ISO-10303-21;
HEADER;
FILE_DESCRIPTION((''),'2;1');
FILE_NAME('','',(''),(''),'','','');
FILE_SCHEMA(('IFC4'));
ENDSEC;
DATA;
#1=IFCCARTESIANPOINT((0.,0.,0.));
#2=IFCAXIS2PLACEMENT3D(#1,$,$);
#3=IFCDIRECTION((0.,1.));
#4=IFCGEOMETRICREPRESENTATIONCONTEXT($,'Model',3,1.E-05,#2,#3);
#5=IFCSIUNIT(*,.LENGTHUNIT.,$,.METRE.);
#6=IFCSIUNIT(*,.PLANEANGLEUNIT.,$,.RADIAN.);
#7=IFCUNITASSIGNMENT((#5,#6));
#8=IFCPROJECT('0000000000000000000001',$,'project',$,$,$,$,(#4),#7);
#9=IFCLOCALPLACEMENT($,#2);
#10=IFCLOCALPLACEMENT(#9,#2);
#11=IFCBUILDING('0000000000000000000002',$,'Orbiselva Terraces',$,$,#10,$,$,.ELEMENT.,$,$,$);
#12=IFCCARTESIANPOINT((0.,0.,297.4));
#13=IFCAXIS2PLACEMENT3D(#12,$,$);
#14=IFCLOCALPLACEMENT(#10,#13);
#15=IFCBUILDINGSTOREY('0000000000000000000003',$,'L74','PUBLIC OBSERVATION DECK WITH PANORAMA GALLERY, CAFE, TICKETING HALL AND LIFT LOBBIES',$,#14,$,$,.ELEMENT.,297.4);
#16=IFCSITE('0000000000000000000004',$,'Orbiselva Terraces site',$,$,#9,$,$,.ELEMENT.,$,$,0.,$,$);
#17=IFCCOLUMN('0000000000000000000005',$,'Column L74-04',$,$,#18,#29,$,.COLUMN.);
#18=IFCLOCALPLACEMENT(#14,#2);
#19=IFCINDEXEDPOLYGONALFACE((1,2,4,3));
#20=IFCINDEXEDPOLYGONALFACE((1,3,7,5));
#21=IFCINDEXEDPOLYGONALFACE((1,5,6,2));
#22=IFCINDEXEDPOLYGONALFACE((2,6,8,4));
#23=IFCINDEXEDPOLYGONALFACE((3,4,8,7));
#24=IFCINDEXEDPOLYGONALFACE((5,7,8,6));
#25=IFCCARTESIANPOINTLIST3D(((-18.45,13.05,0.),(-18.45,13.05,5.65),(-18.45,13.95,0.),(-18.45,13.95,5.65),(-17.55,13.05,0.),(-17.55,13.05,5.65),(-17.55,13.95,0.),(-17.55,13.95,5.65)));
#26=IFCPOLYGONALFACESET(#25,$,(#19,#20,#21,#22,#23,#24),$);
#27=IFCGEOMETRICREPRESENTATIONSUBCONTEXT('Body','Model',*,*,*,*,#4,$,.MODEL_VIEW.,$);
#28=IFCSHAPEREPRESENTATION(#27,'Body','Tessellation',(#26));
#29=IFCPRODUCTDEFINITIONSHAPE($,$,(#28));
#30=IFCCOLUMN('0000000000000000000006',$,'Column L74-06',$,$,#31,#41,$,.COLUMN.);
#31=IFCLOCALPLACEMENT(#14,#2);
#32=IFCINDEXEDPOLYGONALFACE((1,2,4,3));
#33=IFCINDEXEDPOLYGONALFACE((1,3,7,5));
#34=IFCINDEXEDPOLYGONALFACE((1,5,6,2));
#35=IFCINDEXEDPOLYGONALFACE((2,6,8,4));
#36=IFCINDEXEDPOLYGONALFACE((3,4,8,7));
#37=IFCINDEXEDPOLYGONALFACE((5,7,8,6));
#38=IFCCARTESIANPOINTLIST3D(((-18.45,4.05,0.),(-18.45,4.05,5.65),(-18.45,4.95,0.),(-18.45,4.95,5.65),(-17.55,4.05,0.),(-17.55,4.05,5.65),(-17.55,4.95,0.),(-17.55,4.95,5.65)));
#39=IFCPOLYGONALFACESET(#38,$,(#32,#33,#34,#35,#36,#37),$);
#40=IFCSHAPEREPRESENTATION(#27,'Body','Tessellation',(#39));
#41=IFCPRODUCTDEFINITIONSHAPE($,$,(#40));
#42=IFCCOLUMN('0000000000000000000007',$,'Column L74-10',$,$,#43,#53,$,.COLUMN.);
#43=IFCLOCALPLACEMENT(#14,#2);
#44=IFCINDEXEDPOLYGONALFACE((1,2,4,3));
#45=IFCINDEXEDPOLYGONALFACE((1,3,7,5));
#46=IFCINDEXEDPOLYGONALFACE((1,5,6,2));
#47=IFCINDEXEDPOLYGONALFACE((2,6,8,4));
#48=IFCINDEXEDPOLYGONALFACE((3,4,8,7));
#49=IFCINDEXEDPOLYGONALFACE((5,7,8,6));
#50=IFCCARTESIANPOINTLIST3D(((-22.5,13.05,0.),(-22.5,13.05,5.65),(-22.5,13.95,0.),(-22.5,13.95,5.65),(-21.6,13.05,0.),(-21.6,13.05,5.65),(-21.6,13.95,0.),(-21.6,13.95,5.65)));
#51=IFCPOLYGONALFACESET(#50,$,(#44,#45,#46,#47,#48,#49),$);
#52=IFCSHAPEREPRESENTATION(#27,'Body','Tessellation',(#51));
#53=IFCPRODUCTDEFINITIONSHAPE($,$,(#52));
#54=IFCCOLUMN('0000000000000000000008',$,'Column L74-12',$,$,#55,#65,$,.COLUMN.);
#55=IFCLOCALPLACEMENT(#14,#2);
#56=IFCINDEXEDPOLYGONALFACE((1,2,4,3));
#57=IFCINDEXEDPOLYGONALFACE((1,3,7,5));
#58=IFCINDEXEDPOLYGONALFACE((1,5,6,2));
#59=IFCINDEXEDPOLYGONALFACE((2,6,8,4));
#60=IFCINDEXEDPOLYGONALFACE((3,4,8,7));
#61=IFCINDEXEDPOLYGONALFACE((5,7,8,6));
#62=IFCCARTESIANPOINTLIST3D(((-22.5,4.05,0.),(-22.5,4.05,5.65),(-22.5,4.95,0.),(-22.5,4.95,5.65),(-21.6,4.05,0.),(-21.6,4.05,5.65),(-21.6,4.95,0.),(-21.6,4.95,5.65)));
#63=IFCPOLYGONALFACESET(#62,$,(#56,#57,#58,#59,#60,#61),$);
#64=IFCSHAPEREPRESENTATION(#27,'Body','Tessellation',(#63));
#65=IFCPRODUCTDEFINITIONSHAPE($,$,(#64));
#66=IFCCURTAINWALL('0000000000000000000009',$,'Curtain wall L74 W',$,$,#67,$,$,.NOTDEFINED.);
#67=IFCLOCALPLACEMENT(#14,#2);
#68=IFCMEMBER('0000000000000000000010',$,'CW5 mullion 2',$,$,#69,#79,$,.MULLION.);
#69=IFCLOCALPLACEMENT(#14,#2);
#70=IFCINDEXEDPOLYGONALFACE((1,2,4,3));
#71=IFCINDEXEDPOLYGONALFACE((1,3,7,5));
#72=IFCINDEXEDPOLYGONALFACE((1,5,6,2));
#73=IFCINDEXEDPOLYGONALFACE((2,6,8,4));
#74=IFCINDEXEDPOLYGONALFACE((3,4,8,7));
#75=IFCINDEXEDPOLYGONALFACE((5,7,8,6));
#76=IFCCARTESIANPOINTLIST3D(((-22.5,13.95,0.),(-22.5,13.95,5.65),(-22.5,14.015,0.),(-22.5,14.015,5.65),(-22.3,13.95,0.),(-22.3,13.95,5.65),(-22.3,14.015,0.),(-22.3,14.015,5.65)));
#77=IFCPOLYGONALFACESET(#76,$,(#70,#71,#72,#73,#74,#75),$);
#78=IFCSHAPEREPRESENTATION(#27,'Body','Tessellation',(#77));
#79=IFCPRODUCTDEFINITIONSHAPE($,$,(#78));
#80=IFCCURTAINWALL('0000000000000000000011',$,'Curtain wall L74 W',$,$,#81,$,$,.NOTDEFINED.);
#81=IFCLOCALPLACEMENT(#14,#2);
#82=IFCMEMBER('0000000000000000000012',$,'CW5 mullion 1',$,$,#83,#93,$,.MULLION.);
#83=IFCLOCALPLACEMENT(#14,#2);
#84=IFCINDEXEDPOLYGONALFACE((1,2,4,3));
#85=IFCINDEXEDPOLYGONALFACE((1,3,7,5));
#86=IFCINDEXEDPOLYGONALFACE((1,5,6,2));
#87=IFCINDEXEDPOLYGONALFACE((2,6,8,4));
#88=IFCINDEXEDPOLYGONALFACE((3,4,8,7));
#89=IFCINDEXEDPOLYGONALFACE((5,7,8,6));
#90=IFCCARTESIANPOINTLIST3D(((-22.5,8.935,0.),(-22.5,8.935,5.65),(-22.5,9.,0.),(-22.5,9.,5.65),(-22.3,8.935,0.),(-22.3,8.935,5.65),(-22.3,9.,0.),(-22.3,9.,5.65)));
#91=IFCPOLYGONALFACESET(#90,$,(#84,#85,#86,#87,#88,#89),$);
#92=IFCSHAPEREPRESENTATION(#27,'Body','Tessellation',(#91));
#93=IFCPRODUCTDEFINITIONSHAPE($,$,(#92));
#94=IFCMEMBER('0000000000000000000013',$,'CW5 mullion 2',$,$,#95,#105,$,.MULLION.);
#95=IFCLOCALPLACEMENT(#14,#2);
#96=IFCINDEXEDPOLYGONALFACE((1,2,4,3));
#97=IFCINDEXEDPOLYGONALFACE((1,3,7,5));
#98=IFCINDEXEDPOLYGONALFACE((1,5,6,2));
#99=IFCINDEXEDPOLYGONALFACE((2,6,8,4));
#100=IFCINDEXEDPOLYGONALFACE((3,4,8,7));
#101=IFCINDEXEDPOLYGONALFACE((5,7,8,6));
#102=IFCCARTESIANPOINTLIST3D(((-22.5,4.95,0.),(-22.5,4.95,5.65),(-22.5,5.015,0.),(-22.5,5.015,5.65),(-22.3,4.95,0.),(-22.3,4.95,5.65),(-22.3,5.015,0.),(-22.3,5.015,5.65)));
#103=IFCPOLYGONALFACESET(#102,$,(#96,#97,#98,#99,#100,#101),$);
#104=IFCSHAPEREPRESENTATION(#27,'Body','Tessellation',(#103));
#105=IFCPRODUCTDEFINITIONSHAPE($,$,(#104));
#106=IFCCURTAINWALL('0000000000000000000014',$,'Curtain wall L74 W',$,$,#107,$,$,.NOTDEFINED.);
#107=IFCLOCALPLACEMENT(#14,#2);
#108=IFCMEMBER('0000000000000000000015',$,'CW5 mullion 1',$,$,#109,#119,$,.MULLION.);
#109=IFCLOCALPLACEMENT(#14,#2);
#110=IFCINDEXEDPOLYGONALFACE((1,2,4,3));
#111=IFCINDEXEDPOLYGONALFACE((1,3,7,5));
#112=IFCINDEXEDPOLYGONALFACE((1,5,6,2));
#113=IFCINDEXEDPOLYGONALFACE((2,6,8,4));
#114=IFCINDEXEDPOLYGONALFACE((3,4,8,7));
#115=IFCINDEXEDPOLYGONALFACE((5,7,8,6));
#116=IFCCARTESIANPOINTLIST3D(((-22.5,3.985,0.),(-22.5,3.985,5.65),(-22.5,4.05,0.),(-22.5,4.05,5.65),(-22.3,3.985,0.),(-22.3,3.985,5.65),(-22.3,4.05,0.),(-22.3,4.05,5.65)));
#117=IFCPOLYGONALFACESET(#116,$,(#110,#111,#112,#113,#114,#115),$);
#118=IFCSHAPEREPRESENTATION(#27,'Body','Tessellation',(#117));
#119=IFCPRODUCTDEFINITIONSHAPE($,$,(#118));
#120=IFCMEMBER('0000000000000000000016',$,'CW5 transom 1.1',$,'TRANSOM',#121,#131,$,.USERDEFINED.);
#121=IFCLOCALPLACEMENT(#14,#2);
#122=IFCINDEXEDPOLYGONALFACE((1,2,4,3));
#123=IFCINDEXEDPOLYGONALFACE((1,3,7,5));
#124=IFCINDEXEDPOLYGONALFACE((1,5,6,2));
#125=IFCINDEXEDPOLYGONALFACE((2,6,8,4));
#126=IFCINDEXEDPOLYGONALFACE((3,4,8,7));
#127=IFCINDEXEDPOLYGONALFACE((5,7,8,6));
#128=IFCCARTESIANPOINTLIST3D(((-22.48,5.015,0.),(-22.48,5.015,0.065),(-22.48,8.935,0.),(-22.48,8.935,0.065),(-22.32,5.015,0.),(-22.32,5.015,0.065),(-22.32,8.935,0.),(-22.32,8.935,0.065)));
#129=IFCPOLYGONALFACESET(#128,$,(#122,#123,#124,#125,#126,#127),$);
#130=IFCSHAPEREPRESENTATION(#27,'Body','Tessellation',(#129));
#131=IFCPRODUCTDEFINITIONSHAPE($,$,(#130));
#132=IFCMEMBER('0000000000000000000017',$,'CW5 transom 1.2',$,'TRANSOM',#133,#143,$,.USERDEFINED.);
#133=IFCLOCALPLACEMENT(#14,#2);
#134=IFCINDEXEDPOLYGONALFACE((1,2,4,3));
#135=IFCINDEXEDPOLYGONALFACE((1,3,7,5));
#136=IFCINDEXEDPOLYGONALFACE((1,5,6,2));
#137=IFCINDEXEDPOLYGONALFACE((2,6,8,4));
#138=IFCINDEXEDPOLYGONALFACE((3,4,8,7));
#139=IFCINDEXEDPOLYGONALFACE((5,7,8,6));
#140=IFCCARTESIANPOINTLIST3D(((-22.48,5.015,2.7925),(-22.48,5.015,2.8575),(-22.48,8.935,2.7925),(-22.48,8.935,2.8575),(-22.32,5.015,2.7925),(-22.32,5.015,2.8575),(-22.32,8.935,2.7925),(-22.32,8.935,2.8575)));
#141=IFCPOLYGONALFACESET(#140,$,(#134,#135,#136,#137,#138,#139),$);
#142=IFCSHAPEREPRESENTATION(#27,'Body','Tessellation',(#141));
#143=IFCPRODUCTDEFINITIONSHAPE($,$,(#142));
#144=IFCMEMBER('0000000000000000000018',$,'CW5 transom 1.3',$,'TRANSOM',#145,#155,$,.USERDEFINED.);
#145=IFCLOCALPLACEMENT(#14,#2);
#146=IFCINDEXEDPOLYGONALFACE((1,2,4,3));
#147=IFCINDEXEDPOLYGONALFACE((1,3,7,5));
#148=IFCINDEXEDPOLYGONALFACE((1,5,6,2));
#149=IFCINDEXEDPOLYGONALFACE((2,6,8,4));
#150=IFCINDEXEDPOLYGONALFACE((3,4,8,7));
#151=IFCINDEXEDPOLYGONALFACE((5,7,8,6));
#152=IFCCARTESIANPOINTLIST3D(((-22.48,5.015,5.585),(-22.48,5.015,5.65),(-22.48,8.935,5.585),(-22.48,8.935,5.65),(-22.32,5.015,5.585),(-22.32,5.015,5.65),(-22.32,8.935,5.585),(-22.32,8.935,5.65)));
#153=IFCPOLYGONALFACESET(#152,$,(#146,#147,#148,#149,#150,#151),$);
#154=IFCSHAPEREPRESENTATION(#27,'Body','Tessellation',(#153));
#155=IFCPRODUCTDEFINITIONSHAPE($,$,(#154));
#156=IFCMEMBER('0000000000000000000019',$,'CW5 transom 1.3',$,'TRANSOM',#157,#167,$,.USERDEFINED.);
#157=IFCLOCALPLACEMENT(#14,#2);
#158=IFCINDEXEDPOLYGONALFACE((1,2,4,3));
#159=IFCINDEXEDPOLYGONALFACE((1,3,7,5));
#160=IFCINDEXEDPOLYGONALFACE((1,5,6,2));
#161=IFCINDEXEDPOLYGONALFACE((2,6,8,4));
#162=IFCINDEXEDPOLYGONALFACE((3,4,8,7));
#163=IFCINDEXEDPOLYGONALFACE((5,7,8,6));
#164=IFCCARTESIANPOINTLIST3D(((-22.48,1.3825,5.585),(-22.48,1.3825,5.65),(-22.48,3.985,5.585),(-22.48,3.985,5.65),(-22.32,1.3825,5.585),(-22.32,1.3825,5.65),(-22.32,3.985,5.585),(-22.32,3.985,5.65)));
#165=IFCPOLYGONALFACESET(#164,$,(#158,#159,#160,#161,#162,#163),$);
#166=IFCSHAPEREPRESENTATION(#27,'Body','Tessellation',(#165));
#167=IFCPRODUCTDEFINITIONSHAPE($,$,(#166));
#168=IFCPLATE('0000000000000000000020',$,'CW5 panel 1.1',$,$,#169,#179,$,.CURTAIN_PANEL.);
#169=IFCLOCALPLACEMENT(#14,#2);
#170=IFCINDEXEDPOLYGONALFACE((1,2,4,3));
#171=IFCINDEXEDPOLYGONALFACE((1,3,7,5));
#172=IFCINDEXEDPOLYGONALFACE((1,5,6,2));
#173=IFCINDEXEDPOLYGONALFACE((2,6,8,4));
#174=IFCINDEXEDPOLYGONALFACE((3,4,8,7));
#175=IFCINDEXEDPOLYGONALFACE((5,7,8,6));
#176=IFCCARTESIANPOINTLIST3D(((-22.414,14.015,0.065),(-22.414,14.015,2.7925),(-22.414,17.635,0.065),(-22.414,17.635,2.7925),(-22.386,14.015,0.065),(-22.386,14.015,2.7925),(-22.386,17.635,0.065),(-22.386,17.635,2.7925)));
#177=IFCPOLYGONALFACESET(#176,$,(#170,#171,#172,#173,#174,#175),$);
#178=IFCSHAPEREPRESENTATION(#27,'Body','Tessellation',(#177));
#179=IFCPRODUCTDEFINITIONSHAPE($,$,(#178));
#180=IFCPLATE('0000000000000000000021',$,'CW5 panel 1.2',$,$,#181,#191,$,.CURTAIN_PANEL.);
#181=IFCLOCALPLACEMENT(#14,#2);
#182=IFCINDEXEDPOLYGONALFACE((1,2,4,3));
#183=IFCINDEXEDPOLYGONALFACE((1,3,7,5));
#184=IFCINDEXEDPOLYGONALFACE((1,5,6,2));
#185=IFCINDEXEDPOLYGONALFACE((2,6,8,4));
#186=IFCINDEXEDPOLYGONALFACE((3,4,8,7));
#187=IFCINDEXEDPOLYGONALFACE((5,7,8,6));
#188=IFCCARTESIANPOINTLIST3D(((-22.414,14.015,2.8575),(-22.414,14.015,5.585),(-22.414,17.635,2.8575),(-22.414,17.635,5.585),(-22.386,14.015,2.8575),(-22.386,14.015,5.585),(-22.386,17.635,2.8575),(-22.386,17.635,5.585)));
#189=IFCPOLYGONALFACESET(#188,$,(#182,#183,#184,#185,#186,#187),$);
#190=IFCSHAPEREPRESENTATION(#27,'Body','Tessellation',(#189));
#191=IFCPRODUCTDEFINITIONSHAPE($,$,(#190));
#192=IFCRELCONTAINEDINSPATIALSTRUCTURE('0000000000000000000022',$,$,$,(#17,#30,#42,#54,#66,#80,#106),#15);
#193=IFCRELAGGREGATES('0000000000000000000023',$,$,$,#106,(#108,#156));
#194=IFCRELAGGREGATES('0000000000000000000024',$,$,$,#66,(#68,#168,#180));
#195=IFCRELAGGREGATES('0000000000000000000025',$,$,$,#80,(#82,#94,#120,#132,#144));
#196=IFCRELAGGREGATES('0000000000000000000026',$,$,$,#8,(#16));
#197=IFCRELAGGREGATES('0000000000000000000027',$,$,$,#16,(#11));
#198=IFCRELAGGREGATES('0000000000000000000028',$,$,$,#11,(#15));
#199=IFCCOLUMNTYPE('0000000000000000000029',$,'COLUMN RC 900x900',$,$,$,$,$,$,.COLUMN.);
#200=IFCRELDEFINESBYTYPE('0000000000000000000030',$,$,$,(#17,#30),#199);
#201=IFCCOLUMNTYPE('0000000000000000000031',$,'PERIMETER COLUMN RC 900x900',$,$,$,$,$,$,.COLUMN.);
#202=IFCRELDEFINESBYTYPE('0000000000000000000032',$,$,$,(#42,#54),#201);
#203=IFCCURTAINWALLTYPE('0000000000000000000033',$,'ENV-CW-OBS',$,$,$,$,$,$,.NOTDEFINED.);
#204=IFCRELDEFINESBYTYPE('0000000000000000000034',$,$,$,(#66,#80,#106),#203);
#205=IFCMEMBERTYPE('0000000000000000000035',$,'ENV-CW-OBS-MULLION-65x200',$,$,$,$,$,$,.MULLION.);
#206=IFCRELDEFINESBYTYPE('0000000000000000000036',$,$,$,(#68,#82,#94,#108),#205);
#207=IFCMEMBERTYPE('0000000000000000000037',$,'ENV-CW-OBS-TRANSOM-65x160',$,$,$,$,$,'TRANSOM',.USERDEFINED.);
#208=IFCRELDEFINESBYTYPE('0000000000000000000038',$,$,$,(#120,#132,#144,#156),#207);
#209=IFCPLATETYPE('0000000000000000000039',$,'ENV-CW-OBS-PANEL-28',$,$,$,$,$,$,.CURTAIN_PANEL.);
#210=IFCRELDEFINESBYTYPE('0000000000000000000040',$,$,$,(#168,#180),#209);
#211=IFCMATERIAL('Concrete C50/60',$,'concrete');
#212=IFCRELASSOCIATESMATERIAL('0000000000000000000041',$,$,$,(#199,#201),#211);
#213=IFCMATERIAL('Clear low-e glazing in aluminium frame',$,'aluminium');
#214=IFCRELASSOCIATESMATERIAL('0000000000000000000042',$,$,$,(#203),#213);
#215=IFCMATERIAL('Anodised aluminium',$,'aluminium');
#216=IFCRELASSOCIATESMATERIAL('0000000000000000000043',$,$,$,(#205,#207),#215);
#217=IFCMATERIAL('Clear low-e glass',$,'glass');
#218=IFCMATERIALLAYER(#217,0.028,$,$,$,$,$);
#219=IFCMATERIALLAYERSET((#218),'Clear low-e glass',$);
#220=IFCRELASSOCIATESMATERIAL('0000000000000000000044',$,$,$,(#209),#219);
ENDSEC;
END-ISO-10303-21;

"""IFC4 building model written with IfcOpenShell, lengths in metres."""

from ifc_helpers import new_model, si_unit, direction, frame, origin, origin_2d, place, context, subcontext, project, spatial, rectangle, extrude, material, layer, layer_set, material_profile, profile_set, type_object, element, aggregate, save


model = new_model("IFC4")

# Units and contexts
model_context = context("Model", 3, precision=1e-05, world=origin(), true_north=direction((0.0, 1.0)))
body_context = subcontext(model_context, "Body", "Model", "MODEL_VIEW")
ifc_project = project(units=[si_unit("LENGTHUNIT", "METRE"), si_unit("PLANEANGLEUNIT", "RADIAN")], contexts=[model_context])

# Site, building, storey
site_placement = place(None, origin())
site = spatial("IfcSite", under=ifc_project, at=site_placement, Name="Orbiselva Terraces site", CompositionType="ELEMENT", RefElevation=0.0)
building_placement = place(site_placement, origin())
building = spatial("IfcBuilding", under=site, at=building_placement, Name="Orbiselva Terraces", CompositionType="ELEMENT")
storey_placement = place(building_placement, frame((0.0, 0.0, 297.4)))
storey = spatial("IfcBuildingStorey", under=building, at=storey_placement, Name="L74", Description="PUBLIC OBSERVATION DECK WITH PANORAMA GALLERY, CAFE, TICKETING HALL AND LIFT LOBBIES", CompositionType="ELEMENT", Elevation=297.4)

# Columns
ifc_material_1 = material(Name="Concrete C50/60", Category="concrete")
ifc_material_profile_1 = material_profile(ifc_material_1, rectangle(XDim=0.9, YDim=0.9, at=origin_2d()), Name="RC 900x900")
ifc_profile_set_1 = profile_set([ifc_material_profile_1], Name="Concrete C50/60")
column_type_1 = type_object("IfcColumnType", Name="COLUMN RC 900x900", PredefinedType="COLUMN", material=ifc_profile_set_1)
for number, where, z_axis, x_axis, name in (
    (1, (-18.0, 13.5, 0.0), (0.0, 0.0, 1.0), (1.0, 0.0, 0.0), "Column L74-04"),
    (2, (-18.0, 4.5, 0.0), (0.0, 0.0, 1.0), (1.0, 0.0, 0.0), "Column L74-06"),
):
    element("IfcColumn", number, at=place(storey_placement, frame(where, z_axis=z_axis, x_axis=x_axis)), inside=storey, type_object=column_type_1, Name=name, PredefinedType="COLUMN", context=body_context, shape_type="SweptSolid", body=[
        extrude(rectangle(XDim=0.9, YDim=0.9, at=origin_2d()), origin(), (0.0, 0.0, 1.0), 5.65),
    ])
ifc_material_profile_2 = material_profile(ifc_material_1, rectangle(XDim=0.9, YDim=0.9, at=origin_2d()), Name="RC 900x900")
ifc_profile_set_2 = profile_set([ifc_material_profile_2], Name="Concrete C50/60")
column_type_2 = type_object("IfcColumnType", Name="PERIMETER COLUMN RC 900x900", PredefinedType="COLUMN", material=ifc_profile_set_2)
for number, where, z_axis, x_axis, name in (
    (3, (-22.05, 13.5, 0.0), (0.0, 0.0, 1.0), (1.0, 0.0, 0.0), "Column L74-10"),
    (4, (-22.05, 4.5, 0.0), (0.0, 0.0, 1.0), (1.0, 0.0, 0.0), "Column L74-12"),
):
    element("IfcColumn", number, at=place(storey_placement, frame(where, z_axis=z_axis, x_axis=x_axis)), inside=storey, type_object=column_type_2, Name=name, PredefinedType="COLUMN", context=body_context, shape_type="SweptSolid", body=[
        extrude(rectangle(XDim=0.9, YDim=0.9, at=origin_2d()), origin(), (0.0, 0.0, 1.0), 5.65),
    ])

# Curtain wall, member
ifc_material_2 = material(Name="Clear low-e glazing in aluminium frame", Category="aluminium")
curtain_wall_type = type_object("IfcCurtainWallType", Name="ENV-CW-OBS", PredefinedType="NOTDEFINED", material=ifc_material_2)
curtain_wall_1_placement = place(storey_placement, origin())
curtain_wall_1 = element("IfcCurtainWall", 5, at=curtain_wall_1_placement, inside=storey, type_object=curtain_wall_type, Name="Curtain wall L74 W", PredefinedType="NOTDEFINED")
ifc_material_3 = material(Name="Anodised aluminium", Category="aluminium")
ifc_material_profile_3 = material_profile(ifc_material_3, rectangle(XDim=0.2, YDim=0.065, at=origin_2d()), Name="AL 65x200")
ifc_profile_set_3 = profile_set([ifc_material_profile_3], Name="Anodised aluminium")
member_type_1 = type_object("IfcMemberType", Name="ENV-CW-OBS-MULLION-65x200", PredefinedType="MULLION", material=ifc_profile_set_3)
member_1_placement = place(storey_placement, frame((-22.4, 13.9825, 0.0), z_axis=(0.0, 0.0, 1.0), x_axis=(1.0, 0.0, 0.0)))
member_1 = element("IfcMember", 6, at=member_1_placement, type_object=member_type_1, Name="CW5 mullion 2", PredefinedType="MULLION", context=body_context, shape_type="SweptSolid", body=[
    extrude(rectangle(XDim=0.2, YDim=0.065, at=origin_2d()), origin(), (0.0, 0.0, 1.0), 5.65),
])

# Curtain wall, members
curtain_wall_2_placement = place(storey_placement, origin())
curtain_wall_2 = element("IfcCurtainWall", 7, at=curtain_wall_2_placement, inside=storey, type_object=curtain_wall_type, Name="Curtain wall L74 W", PredefinedType="NOTDEFINED")
member_2_placement = place(storey_placement, frame((-22.4, 8.9675, 0.0), z_axis=(0.0, 0.0, 1.0), x_axis=(1.0, 0.0, 0.0)))
member_2 = element("IfcMember", 8, at=member_2_placement, type_object=member_type_1, Name="CW5 mullion 1", PredefinedType="MULLION", context=body_context, shape_type="SweptSolid", body=[
    extrude(rectangle(XDim=0.2, YDim=0.065, at=origin_2d()), origin(), (0.0, 0.0, 1.0), 5.65),
])
member_3_placement = place(storey_placement, frame((-22.4, 4.9825, 0.0), z_axis=(0.0, 0.0, 1.0), x_axis=(1.0, 0.0, 0.0)))
member_3 = element("IfcMember", 9, at=member_3_placement, type_object=member_type_1, Name="CW5 mullion 2", PredefinedType="MULLION", context=body_context, shape_type="SweptSolid", body=[
    extrude(rectangle(XDim=0.2, YDim=0.065, at=origin_2d()), origin(), (0.0, 0.0, 1.0), 5.65),
])

# Curtain wall, member
curtain_wall_3_placement = place(storey_placement, origin())
curtain_wall_3 = element("IfcCurtainWall", 10, at=curtain_wall_3_placement, inside=storey, type_object=curtain_wall_type, Name="Curtain wall L74 W", PredefinedType="NOTDEFINED")
member_4_placement = place(storey_placement, frame((-22.4, 4.0175, 0.0), z_axis=(0.0, 0.0, 1.0), x_axis=(1.0, 0.0, 0.0)))
member_4 = element("IfcMember", 11, at=member_4_placement, type_object=member_type_1, Name="CW5 mullion 1", PredefinedType="MULLION", context=body_context, shape_type="SweptSolid", body=[
    extrude(rectangle(XDim=0.2, YDim=0.065, at=origin_2d()), origin(), (0.0, 0.0, 1.0), 5.65),
])

# Members
ifc_material_profile_4 = material_profile(ifc_material_3, rectangle(XDim=0.16, YDim=0.065, at=origin_2d()), Name="AL 65x160")
ifc_profile_set_4 = profile_set([ifc_material_profile_4], Name="Anodised aluminium")
member_type_2 = type_object("IfcMemberType", Name="ENV-CW-OBS-TRANSOM-65x160", ElementType="TRANSOM", PredefinedType="USERDEFINED", material=ifc_profile_set_4)
member_5_placement = place(storey_placement, frame((-22.4, 8.935, 0.0325), z_axis=(0.0, -1.0, 0.0), x_axis=(1.0, 0.0, 0.0)))
member_5 = element("IfcMember", 12, at=member_5_placement, type_object=member_type_2, Name="CW5 transom 1.1", ObjectType="TRANSOM", PredefinedType="USERDEFINED", context=body_context, shape_type="SweptSolid", body=[
    extrude(rectangle(XDim=0.16, YDim=0.065, at=origin_2d()), origin(), (0.0, 0.0, 1.0), 3.92),
])
member_6_placement = place(storey_placement, frame((-22.4, 8.935, 2.825), z_axis=(0.0, -1.0, 0.0), x_axis=(1.0, 0.0, 0.0)))
member_6 = element("IfcMember", 13, at=member_6_placement, type_object=member_type_2, Name="CW5 transom 1.2", ObjectType="TRANSOM", PredefinedType="USERDEFINED", context=body_context, shape_type="SweptSolid", body=[
    extrude(rectangle(XDim=0.16, YDim=0.065, at=origin_2d()), origin(), (0.0, 0.0, 1.0), 3.92),
])
member_7_placement = place(storey_placement, frame((-22.4, 8.935, 5.6175), z_axis=(0.0, -1.0, 0.0), x_axis=(1.0, 0.0, 0.0)))
member_7 = element("IfcMember", 14, at=member_7_placement, type_object=member_type_2, Name="CW5 transom 1.3", ObjectType="TRANSOM", PredefinedType="USERDEFINED", context=body_context, shape_type="SweptSolid", body=[
    extrude(rectangle(XDim=0.16, YDim=0.065, at=origin_2d()), origin(), (0.0, 0.0, 1.0), 3.92),
])
member_8_placement = place(storey_placement, frame((-22.4, 3.985, 5.6175), z_axis=(0.0, -1.0, 0.0), x_axis=(1.0, 0.0, 0.0)))
member_8 = element("IfcMember", 15, at=member_8_placement, type_object=member_type_2, Name="CW5 transom 1.3", ObjectType="TRANSOM", PredefinedType="USERDEFINED", context=body_context, shape_type="SweptSolid", body=[
    extrude(rectangle(XDim=0.16, YDim=0.065, at=origin_2d()), origin(), (0.0, 0.0, 1.0), 2.6025),
])
aggregate(curtain_wall_3, [member_4, member_8])

# Plates
ifc_material_4 = material(Name="Clear low-e glass", Category="glass")
ifc_layer_1 = layer(ifc_material_4, 0.028)
ifc_layer_set_1 = layer_set([ifc_layer_1], Name="Clear low-e glass")
plate_type = type_object("IfcPlateType", Name="ENV-CW-OBS-PANEL-28", PredefinedType="CURTAIN_PANEL", material=ifc_layer_set_1)
plate_1_placement = place(storey_placement, frame((-22.4, 15.825, 0.065), z_axis=(0.0, 0.0, 1.0), x_axis=(0.0, -1.0, 0.0)))
plate_1 = element("IfcPlate", 16, at=plate_1_placement, type_object=plate_type, Name="CW5 panel 1.1", PredefinedType="CURTAIN_PANEL", context=body_context, shape_type="SweptSolid", body=[
    extrude(rectangle(XDim=3.62, YDim=0.028, at=origin_2d()), origin(), (0.0, 0.0, 1.0), 2.7275),
])
plate_2_placement = place(storey_placement, frame((-22.4, 15.825, 2.8575), z_axis=(0.0, 0.0, 1.0), x_axis=(0.0, -1.0, 0.0)))
plate_2 = element("IfcPlate", 17, at=plate_2_placement, type_object=plate_type, Name="CW5 panel 1.2", PredefinedType="CURTAIN_PANEL", context=body_context, shape_type="SweptSolid", body=[
    extrude(rectangle(XDim=3.62, YDim=0.028, at=origin_2d()), origin(), (0.0, 0.0, 1.0), 2.7275),
])
aggregate(curtain_wall_1, [member_1, plate_1, plate_2])
aggregate(curtain_wall_2, [member_2, member_3, member_5, member_6, member_7])

save(model, "model.ifc")
